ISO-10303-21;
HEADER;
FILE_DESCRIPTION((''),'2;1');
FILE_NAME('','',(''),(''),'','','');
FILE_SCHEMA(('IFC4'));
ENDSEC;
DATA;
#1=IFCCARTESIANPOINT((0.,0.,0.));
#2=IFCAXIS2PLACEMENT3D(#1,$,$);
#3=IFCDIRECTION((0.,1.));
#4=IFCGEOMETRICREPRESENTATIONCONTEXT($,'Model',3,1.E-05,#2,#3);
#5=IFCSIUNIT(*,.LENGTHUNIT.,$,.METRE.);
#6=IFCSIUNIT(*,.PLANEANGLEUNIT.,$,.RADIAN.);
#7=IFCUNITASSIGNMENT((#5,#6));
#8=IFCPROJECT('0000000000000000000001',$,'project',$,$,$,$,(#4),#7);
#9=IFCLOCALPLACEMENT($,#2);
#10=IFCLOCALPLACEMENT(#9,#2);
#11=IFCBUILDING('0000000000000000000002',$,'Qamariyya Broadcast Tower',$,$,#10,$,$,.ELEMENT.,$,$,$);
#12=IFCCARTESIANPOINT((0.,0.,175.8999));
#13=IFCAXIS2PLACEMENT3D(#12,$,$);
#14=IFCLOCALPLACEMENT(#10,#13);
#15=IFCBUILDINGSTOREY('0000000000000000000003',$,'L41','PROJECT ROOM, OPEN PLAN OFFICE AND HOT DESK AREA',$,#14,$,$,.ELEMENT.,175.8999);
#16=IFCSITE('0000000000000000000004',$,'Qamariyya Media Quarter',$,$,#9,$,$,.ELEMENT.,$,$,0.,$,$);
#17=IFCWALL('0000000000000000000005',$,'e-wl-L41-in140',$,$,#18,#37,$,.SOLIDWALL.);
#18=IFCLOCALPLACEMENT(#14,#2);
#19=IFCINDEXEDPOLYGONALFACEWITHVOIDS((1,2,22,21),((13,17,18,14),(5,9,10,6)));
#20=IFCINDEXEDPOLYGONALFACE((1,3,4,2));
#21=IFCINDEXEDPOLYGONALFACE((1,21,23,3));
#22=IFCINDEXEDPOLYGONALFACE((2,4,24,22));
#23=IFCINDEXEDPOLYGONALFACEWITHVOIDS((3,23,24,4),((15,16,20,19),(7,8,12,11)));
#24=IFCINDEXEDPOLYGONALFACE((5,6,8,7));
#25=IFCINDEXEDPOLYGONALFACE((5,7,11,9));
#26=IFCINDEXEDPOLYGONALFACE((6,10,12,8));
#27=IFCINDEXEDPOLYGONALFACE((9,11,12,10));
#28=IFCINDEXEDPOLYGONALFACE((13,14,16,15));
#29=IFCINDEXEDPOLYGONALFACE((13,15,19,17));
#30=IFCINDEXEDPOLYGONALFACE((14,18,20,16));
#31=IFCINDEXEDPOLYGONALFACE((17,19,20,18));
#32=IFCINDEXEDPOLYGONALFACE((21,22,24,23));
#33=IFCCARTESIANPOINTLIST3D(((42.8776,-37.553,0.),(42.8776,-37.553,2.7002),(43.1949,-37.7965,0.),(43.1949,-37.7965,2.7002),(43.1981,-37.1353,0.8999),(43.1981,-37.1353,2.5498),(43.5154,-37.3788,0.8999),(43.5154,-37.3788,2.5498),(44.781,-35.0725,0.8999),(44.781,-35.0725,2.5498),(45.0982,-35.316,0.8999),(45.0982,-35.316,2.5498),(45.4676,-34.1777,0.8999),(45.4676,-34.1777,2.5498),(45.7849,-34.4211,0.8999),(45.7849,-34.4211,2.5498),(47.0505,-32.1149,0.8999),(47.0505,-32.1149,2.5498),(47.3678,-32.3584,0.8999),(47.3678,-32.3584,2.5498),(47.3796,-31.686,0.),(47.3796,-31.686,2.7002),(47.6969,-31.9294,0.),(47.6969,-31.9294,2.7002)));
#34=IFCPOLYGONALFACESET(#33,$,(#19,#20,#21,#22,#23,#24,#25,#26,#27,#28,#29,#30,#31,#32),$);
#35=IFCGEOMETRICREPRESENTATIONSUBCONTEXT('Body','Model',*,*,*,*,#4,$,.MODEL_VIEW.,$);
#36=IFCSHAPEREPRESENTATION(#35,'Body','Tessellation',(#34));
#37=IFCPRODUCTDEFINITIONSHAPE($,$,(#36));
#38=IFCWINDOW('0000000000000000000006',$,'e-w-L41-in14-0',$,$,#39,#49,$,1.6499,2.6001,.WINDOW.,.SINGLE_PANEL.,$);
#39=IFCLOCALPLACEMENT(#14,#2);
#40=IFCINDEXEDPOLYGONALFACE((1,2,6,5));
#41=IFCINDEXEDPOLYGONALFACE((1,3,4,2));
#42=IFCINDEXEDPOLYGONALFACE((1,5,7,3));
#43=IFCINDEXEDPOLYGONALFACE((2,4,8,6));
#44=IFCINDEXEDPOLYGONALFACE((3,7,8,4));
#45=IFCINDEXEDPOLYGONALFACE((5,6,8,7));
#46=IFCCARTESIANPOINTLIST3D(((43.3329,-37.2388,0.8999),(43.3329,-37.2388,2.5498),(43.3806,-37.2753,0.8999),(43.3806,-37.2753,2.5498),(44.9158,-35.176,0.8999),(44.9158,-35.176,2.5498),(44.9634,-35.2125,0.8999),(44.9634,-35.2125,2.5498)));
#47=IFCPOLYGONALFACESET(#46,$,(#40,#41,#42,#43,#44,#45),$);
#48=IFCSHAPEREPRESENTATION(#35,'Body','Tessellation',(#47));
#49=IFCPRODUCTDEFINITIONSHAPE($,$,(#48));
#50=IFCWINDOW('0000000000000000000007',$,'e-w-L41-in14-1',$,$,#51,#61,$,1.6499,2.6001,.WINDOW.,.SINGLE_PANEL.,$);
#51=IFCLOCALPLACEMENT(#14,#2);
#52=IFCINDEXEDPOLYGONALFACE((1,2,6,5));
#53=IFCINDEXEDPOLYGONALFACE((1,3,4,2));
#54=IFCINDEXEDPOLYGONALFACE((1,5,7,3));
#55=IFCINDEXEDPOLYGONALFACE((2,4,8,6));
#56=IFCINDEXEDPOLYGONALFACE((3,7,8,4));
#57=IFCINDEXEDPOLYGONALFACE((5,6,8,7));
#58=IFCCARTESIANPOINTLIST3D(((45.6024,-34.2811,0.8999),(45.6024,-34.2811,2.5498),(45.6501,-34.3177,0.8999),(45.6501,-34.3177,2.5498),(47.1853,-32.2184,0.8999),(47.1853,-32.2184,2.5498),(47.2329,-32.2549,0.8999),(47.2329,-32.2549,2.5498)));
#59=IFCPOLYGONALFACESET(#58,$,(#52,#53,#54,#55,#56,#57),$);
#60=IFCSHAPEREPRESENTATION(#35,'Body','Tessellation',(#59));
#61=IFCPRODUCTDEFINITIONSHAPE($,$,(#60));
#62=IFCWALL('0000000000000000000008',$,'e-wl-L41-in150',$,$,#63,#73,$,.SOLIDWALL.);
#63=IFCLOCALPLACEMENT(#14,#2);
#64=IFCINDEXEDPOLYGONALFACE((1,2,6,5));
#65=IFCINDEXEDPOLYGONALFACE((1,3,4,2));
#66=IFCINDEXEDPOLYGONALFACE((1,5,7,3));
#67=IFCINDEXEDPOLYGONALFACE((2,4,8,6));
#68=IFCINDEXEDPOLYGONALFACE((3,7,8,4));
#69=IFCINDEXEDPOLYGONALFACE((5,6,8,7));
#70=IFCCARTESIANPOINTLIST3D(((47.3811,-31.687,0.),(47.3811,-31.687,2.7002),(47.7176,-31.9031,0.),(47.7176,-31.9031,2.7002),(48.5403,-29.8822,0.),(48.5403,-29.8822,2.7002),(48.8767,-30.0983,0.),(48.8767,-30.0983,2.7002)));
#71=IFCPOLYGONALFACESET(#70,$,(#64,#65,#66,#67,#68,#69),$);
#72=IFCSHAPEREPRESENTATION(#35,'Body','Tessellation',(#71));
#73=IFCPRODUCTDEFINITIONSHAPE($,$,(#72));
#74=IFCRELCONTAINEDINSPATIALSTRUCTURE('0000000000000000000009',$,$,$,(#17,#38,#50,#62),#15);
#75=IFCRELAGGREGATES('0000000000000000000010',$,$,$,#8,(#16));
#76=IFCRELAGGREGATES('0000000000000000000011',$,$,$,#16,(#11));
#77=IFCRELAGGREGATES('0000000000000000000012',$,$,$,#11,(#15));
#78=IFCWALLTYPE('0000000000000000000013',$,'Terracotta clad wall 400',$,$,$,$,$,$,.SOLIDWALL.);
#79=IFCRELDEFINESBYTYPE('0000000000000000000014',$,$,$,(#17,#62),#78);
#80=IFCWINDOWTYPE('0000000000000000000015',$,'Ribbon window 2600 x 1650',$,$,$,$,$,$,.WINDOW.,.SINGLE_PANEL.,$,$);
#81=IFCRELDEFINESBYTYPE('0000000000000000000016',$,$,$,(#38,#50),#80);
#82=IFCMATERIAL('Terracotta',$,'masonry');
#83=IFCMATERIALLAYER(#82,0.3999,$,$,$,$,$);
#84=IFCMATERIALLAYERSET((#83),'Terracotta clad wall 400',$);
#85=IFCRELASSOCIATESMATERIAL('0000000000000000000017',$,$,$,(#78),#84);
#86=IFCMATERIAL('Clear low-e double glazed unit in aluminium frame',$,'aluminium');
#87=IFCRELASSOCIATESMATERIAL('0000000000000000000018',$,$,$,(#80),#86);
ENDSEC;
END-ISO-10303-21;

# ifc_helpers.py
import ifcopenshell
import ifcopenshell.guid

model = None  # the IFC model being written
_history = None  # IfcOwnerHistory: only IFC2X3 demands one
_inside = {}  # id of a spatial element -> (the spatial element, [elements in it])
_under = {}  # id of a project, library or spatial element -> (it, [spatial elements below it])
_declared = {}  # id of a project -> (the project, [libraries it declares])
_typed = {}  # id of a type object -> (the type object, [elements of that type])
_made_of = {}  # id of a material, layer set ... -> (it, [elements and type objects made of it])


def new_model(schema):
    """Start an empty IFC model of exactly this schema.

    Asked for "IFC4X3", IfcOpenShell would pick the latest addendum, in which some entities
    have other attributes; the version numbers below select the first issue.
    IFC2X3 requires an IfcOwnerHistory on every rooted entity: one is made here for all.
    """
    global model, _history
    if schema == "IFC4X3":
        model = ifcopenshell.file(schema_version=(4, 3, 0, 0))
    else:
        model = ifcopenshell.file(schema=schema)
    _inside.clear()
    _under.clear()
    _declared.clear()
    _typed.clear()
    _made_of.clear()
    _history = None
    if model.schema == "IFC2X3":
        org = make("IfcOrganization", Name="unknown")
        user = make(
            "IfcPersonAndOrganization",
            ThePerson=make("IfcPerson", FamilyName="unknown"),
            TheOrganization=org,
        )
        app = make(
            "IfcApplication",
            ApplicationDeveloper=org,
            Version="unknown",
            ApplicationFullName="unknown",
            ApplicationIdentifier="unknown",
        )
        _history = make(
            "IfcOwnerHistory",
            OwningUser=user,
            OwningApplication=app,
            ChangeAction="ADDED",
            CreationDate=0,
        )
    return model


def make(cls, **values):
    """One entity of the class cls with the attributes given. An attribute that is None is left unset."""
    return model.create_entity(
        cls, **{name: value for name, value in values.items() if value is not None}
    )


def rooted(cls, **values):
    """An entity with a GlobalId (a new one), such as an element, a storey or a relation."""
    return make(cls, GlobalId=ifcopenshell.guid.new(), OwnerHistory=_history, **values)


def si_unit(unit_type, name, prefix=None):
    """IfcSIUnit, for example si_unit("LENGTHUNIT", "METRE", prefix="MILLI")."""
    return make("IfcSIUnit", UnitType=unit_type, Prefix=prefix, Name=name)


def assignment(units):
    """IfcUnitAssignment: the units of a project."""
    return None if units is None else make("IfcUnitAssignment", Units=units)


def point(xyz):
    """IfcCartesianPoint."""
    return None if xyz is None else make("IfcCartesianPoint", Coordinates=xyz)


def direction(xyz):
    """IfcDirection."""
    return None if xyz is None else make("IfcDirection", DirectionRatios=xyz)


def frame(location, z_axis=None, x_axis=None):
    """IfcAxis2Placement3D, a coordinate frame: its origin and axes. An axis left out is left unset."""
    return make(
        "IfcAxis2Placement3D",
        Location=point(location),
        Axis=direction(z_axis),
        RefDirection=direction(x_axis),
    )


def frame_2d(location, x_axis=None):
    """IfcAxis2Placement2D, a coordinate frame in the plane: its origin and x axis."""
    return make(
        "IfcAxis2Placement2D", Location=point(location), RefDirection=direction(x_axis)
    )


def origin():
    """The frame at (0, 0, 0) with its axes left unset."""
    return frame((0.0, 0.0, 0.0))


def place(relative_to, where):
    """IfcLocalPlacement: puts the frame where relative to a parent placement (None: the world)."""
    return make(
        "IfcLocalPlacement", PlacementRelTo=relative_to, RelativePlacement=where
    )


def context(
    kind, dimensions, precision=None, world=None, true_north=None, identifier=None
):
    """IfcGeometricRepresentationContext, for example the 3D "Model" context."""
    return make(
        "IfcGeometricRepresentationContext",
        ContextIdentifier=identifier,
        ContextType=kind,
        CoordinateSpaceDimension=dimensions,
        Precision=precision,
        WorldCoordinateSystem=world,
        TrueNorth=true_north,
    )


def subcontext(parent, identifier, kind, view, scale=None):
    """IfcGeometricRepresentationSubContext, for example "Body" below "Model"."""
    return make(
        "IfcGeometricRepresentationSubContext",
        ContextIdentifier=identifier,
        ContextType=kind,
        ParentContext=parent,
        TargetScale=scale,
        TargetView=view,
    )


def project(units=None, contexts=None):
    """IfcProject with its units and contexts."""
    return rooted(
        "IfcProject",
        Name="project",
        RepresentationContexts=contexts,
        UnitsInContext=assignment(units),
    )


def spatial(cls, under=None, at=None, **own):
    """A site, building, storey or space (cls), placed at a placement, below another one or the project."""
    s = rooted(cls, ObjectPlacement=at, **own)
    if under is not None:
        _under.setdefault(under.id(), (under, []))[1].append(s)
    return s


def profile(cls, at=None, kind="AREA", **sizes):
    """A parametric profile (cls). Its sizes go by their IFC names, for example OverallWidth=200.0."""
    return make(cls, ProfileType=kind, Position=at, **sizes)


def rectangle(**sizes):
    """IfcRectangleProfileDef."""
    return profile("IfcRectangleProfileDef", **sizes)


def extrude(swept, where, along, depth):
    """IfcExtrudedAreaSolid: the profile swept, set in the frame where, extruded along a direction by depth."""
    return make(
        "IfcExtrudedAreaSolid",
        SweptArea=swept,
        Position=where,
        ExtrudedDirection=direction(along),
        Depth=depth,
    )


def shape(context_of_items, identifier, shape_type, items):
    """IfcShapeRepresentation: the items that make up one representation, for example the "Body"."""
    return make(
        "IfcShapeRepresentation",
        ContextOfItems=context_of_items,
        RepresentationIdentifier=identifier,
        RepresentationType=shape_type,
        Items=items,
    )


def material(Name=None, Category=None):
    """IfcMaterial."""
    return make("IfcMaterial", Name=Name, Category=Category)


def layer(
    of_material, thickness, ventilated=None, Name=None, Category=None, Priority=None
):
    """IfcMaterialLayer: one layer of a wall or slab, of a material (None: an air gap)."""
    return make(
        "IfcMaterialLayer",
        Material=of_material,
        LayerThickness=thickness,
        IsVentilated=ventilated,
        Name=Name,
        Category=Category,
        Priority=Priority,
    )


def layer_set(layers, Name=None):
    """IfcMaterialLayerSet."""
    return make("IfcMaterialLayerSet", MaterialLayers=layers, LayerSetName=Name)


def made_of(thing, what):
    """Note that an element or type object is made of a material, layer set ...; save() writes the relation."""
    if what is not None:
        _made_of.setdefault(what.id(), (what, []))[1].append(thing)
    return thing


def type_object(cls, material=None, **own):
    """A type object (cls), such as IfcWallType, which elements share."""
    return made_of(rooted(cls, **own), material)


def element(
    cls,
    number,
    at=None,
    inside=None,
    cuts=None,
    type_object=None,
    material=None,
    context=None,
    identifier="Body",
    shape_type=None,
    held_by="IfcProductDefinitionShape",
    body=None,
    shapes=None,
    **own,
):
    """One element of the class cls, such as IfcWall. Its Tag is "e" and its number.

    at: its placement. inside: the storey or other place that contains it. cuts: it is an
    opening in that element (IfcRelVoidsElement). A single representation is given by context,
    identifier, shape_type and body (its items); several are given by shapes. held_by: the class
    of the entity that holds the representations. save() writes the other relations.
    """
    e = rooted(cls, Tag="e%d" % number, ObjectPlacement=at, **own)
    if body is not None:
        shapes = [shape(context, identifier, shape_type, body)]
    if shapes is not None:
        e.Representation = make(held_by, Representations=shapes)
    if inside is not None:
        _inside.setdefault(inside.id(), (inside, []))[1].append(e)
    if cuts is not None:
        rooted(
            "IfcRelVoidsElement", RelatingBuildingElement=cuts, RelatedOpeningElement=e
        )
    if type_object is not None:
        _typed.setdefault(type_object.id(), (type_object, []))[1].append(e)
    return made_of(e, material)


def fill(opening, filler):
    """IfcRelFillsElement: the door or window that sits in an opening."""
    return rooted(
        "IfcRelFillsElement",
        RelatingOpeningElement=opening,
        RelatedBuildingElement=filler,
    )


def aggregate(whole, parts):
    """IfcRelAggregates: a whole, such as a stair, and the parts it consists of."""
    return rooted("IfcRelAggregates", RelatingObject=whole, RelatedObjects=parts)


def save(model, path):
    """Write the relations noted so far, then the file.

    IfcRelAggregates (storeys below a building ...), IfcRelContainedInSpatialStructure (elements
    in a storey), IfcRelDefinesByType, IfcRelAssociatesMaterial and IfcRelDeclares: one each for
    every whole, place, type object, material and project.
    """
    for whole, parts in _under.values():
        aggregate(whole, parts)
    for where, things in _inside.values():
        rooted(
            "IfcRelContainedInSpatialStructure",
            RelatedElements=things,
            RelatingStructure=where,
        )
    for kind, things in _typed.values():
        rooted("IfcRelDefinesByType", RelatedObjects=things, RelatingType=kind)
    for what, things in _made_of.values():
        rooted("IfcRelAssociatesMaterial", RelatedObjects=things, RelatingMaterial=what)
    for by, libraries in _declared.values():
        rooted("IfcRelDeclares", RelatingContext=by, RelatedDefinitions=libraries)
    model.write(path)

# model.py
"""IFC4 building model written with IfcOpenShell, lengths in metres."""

from ifc_helpers import new_model, si_unit, direction, frame, frame_2d, origin, place, context, subcontext, project, spatial, rectangle, extrude, material, layer, layer_set, type_object, element, fill, save


model = new_model("IFC4")

# Units and contexts
model_context = context("Model", 3, precision=1e-05, world=origin(), true_north=direction((0.0, 1.0)))
body_context = subcontext(model_context, "Body", "Model", "MODEL_VIEW")
ifc_project = project(units=[si_unit("LENGTHUNIT", "METRE"), si_unit("PLANEANGLEUNIT", "RADIAN")], contexts=[model_context])

# Site, building, storey
site_placement = place(None, origin())
site = spatial("IfcSite", under=ifc_project, at=site_placement, Name="Qamariyya Media Quarter", CompositionType="ELEMENT", RefElevation=0.0)
building_placement = place(site_placement, origin())
building = spatial("IfcBuilding", under=site, at=building_placement, Name="Qamariyya Broadcast Tower", CompositionType="ELEMENT")
storey_placement = place(building_placement, frame((0.0, 0.0, 175.8999)))
storey = spatial("IfcBuildingStorey", under=building, at=storey_placement, Name="L41", Description="PROJECT ROOM, OPEN PLAN OFFICE AND HOT DESK AREA", CompositionType="ELEMENT", Elevation=175.8999)

# Wall, openings, windows
ifc_material_1 = material(Name="Terracotta", Category="masonry")
ifc_layer_1 = layer(ifc_material_1, 0.3999)
ifc_layer_set_1 = layer_set([ifc_layer_1], Name="Terracotta clad wall 400")
wall_type_1 = type_object("IfcWallType", Name="Terracotta clad wall 400", PredefinedType="SOLIDWALL", material=ifc_layer_set_1)
ifc_material_2 = material(Name="Clear low-e double glazed unit in aluminium frame", Category="aluminium")
window_type = type_object("IfcWindowType", Name="Ribbon window 2600 x 1650", PartitioningType="SINGLE_PANEL", PredefinedType="WINDOW", material=ifc_material_2)
wall_1_placement = place(storey_placement, frame((47.5383, -31.8076, 0.0), z_axis=(0.0, 0.0, 1.0), x_axis=(-0.608769, -0.793348, 0.0)))
wall_1 = element("IfcWall", 1, at=wall_1_placement, inside=storey, type_object=wall_type_1, Name="e-wl-L41-in140", PredefinedType="SOLIDWALL", context=body_context, shape_type="SweptSolid", body=[
    extrude(rectangle(XDim=7.3953, YDim=0.3999, at=frame_2d((3.6978, 0.0))), origin(), (0.0, 0.0, 1.0), 2.7002),
])
opening_1_placement = place(wall_1_placement, frame((4.2688, 0.0, 0.8999)))
opening_1 = element("IfcOpeningElement", 2, at=opening_1_placement, cuts=wall_1, PredefinedType="OPENING", context=body_context, shape_type="SweptSolid", body=[
    extrude(rectangle(XDim=2.6001, YDim=1.6499, at=frame_2d((1.3, 0.825))), frame((0.0, 0.21, 0.0), z_axis=(0.0, -1.0, 0.0), x_axis=(1.0, 0.0, 0.0)), (0.0, 0.0, 1.0), 0.4199),
])
opening_2_placement = place(wall_1_placement, frame((0.5408, 0.0, 0.8999)))
opening_2 = element("IfcOpeningElement", 3, at=opening_2_placement, cuts=wall_1, PredefinedType="OPENING", context=body_context, shape_type="SweptSolid", body=[
    extrude(rectangle(XDim=2.6001, YDim=1.6499, at=frame_2d((1.3, 0.825))), frame((0.0, 0.21, 0.0), z_axis=(0.0, -1.0, 0.0), x_axis=(1.0, 0.0, 0.0)), (0.0, 0.0, 1.0), 0.4199),
])
window_1_placement = place(opening_1_placement, origin())
window_1 = element("IfcWindow", 4, at=window_1_placement, inside=storey, type_object=window_type, Name="e-w-L41-in14-0", OverallHeight=1.6499, OverallWidth=2.6001, PartitioningType="SINGLE_PANEL", PredefinedType="WINDOW", context=body_context, shape_type="SweptSolid", body=[
    extrude(rectangle(XDim=2.6001, YDim=1.6499, at=frame_2d((1.3, 0.825))), frame((0.0, 0.03, 0.0), z_axis=(0.0, -1.0, 0.0), x_axis=(1.0, 0.0, 0.0)), (0.0, 0.0, 1.0), 0.0601),
])
fill(opening_1, window_1)
window_2_placement = place(opening_2_placement, origin())
window_2 = element("IfcWindow", 5, at=window_2_placement, inside=storey, type_object=window_type, Name="e-w-L41-in14-1", OverallHeight=1.6499, OverallWidth=2.6001, PartitioningType="SINGLE_PANEL", PredefinedType="WINDOW", context=body_context, shape_type="SweptSolid", body=[
    extrude(rectangle(XDim=2.6001, YDim=1.6499, at=frame_2d((1.3, 0.825))), frame((0.0, 0.03, 0.0), z_axis=(0.0, -1.0, 0.0), x_axis=(1.0, 0.0, 0.0)), (0.0, 0.0, 1.0), 0.0601),
])
fill(opening_2, window_2)

# Wall
wall_2_placement = place(storey_placement, frame((48.7085, -29.9902, 0.0), z_axis=(0.0, 0.0, 1.0), x_axis=(-0.540384, -0.841419, 0.0)))
element("IfcWall", 6, at=wall_2_placement, inside=storey, type_object=wall_type_1, Name="e-wl-L41-in150", PredefinedType="SOLIDWALL", context=body_context, shape_type="SweptSolid", body=[
    extrude(rectangle(XDim=2.145, YDim=0.3999, at=frame_2d((1.0725, 0.0))), origin(), (0.0, 0.0, 1.0), 2.7002),
])

save(model, "model.ifc")
